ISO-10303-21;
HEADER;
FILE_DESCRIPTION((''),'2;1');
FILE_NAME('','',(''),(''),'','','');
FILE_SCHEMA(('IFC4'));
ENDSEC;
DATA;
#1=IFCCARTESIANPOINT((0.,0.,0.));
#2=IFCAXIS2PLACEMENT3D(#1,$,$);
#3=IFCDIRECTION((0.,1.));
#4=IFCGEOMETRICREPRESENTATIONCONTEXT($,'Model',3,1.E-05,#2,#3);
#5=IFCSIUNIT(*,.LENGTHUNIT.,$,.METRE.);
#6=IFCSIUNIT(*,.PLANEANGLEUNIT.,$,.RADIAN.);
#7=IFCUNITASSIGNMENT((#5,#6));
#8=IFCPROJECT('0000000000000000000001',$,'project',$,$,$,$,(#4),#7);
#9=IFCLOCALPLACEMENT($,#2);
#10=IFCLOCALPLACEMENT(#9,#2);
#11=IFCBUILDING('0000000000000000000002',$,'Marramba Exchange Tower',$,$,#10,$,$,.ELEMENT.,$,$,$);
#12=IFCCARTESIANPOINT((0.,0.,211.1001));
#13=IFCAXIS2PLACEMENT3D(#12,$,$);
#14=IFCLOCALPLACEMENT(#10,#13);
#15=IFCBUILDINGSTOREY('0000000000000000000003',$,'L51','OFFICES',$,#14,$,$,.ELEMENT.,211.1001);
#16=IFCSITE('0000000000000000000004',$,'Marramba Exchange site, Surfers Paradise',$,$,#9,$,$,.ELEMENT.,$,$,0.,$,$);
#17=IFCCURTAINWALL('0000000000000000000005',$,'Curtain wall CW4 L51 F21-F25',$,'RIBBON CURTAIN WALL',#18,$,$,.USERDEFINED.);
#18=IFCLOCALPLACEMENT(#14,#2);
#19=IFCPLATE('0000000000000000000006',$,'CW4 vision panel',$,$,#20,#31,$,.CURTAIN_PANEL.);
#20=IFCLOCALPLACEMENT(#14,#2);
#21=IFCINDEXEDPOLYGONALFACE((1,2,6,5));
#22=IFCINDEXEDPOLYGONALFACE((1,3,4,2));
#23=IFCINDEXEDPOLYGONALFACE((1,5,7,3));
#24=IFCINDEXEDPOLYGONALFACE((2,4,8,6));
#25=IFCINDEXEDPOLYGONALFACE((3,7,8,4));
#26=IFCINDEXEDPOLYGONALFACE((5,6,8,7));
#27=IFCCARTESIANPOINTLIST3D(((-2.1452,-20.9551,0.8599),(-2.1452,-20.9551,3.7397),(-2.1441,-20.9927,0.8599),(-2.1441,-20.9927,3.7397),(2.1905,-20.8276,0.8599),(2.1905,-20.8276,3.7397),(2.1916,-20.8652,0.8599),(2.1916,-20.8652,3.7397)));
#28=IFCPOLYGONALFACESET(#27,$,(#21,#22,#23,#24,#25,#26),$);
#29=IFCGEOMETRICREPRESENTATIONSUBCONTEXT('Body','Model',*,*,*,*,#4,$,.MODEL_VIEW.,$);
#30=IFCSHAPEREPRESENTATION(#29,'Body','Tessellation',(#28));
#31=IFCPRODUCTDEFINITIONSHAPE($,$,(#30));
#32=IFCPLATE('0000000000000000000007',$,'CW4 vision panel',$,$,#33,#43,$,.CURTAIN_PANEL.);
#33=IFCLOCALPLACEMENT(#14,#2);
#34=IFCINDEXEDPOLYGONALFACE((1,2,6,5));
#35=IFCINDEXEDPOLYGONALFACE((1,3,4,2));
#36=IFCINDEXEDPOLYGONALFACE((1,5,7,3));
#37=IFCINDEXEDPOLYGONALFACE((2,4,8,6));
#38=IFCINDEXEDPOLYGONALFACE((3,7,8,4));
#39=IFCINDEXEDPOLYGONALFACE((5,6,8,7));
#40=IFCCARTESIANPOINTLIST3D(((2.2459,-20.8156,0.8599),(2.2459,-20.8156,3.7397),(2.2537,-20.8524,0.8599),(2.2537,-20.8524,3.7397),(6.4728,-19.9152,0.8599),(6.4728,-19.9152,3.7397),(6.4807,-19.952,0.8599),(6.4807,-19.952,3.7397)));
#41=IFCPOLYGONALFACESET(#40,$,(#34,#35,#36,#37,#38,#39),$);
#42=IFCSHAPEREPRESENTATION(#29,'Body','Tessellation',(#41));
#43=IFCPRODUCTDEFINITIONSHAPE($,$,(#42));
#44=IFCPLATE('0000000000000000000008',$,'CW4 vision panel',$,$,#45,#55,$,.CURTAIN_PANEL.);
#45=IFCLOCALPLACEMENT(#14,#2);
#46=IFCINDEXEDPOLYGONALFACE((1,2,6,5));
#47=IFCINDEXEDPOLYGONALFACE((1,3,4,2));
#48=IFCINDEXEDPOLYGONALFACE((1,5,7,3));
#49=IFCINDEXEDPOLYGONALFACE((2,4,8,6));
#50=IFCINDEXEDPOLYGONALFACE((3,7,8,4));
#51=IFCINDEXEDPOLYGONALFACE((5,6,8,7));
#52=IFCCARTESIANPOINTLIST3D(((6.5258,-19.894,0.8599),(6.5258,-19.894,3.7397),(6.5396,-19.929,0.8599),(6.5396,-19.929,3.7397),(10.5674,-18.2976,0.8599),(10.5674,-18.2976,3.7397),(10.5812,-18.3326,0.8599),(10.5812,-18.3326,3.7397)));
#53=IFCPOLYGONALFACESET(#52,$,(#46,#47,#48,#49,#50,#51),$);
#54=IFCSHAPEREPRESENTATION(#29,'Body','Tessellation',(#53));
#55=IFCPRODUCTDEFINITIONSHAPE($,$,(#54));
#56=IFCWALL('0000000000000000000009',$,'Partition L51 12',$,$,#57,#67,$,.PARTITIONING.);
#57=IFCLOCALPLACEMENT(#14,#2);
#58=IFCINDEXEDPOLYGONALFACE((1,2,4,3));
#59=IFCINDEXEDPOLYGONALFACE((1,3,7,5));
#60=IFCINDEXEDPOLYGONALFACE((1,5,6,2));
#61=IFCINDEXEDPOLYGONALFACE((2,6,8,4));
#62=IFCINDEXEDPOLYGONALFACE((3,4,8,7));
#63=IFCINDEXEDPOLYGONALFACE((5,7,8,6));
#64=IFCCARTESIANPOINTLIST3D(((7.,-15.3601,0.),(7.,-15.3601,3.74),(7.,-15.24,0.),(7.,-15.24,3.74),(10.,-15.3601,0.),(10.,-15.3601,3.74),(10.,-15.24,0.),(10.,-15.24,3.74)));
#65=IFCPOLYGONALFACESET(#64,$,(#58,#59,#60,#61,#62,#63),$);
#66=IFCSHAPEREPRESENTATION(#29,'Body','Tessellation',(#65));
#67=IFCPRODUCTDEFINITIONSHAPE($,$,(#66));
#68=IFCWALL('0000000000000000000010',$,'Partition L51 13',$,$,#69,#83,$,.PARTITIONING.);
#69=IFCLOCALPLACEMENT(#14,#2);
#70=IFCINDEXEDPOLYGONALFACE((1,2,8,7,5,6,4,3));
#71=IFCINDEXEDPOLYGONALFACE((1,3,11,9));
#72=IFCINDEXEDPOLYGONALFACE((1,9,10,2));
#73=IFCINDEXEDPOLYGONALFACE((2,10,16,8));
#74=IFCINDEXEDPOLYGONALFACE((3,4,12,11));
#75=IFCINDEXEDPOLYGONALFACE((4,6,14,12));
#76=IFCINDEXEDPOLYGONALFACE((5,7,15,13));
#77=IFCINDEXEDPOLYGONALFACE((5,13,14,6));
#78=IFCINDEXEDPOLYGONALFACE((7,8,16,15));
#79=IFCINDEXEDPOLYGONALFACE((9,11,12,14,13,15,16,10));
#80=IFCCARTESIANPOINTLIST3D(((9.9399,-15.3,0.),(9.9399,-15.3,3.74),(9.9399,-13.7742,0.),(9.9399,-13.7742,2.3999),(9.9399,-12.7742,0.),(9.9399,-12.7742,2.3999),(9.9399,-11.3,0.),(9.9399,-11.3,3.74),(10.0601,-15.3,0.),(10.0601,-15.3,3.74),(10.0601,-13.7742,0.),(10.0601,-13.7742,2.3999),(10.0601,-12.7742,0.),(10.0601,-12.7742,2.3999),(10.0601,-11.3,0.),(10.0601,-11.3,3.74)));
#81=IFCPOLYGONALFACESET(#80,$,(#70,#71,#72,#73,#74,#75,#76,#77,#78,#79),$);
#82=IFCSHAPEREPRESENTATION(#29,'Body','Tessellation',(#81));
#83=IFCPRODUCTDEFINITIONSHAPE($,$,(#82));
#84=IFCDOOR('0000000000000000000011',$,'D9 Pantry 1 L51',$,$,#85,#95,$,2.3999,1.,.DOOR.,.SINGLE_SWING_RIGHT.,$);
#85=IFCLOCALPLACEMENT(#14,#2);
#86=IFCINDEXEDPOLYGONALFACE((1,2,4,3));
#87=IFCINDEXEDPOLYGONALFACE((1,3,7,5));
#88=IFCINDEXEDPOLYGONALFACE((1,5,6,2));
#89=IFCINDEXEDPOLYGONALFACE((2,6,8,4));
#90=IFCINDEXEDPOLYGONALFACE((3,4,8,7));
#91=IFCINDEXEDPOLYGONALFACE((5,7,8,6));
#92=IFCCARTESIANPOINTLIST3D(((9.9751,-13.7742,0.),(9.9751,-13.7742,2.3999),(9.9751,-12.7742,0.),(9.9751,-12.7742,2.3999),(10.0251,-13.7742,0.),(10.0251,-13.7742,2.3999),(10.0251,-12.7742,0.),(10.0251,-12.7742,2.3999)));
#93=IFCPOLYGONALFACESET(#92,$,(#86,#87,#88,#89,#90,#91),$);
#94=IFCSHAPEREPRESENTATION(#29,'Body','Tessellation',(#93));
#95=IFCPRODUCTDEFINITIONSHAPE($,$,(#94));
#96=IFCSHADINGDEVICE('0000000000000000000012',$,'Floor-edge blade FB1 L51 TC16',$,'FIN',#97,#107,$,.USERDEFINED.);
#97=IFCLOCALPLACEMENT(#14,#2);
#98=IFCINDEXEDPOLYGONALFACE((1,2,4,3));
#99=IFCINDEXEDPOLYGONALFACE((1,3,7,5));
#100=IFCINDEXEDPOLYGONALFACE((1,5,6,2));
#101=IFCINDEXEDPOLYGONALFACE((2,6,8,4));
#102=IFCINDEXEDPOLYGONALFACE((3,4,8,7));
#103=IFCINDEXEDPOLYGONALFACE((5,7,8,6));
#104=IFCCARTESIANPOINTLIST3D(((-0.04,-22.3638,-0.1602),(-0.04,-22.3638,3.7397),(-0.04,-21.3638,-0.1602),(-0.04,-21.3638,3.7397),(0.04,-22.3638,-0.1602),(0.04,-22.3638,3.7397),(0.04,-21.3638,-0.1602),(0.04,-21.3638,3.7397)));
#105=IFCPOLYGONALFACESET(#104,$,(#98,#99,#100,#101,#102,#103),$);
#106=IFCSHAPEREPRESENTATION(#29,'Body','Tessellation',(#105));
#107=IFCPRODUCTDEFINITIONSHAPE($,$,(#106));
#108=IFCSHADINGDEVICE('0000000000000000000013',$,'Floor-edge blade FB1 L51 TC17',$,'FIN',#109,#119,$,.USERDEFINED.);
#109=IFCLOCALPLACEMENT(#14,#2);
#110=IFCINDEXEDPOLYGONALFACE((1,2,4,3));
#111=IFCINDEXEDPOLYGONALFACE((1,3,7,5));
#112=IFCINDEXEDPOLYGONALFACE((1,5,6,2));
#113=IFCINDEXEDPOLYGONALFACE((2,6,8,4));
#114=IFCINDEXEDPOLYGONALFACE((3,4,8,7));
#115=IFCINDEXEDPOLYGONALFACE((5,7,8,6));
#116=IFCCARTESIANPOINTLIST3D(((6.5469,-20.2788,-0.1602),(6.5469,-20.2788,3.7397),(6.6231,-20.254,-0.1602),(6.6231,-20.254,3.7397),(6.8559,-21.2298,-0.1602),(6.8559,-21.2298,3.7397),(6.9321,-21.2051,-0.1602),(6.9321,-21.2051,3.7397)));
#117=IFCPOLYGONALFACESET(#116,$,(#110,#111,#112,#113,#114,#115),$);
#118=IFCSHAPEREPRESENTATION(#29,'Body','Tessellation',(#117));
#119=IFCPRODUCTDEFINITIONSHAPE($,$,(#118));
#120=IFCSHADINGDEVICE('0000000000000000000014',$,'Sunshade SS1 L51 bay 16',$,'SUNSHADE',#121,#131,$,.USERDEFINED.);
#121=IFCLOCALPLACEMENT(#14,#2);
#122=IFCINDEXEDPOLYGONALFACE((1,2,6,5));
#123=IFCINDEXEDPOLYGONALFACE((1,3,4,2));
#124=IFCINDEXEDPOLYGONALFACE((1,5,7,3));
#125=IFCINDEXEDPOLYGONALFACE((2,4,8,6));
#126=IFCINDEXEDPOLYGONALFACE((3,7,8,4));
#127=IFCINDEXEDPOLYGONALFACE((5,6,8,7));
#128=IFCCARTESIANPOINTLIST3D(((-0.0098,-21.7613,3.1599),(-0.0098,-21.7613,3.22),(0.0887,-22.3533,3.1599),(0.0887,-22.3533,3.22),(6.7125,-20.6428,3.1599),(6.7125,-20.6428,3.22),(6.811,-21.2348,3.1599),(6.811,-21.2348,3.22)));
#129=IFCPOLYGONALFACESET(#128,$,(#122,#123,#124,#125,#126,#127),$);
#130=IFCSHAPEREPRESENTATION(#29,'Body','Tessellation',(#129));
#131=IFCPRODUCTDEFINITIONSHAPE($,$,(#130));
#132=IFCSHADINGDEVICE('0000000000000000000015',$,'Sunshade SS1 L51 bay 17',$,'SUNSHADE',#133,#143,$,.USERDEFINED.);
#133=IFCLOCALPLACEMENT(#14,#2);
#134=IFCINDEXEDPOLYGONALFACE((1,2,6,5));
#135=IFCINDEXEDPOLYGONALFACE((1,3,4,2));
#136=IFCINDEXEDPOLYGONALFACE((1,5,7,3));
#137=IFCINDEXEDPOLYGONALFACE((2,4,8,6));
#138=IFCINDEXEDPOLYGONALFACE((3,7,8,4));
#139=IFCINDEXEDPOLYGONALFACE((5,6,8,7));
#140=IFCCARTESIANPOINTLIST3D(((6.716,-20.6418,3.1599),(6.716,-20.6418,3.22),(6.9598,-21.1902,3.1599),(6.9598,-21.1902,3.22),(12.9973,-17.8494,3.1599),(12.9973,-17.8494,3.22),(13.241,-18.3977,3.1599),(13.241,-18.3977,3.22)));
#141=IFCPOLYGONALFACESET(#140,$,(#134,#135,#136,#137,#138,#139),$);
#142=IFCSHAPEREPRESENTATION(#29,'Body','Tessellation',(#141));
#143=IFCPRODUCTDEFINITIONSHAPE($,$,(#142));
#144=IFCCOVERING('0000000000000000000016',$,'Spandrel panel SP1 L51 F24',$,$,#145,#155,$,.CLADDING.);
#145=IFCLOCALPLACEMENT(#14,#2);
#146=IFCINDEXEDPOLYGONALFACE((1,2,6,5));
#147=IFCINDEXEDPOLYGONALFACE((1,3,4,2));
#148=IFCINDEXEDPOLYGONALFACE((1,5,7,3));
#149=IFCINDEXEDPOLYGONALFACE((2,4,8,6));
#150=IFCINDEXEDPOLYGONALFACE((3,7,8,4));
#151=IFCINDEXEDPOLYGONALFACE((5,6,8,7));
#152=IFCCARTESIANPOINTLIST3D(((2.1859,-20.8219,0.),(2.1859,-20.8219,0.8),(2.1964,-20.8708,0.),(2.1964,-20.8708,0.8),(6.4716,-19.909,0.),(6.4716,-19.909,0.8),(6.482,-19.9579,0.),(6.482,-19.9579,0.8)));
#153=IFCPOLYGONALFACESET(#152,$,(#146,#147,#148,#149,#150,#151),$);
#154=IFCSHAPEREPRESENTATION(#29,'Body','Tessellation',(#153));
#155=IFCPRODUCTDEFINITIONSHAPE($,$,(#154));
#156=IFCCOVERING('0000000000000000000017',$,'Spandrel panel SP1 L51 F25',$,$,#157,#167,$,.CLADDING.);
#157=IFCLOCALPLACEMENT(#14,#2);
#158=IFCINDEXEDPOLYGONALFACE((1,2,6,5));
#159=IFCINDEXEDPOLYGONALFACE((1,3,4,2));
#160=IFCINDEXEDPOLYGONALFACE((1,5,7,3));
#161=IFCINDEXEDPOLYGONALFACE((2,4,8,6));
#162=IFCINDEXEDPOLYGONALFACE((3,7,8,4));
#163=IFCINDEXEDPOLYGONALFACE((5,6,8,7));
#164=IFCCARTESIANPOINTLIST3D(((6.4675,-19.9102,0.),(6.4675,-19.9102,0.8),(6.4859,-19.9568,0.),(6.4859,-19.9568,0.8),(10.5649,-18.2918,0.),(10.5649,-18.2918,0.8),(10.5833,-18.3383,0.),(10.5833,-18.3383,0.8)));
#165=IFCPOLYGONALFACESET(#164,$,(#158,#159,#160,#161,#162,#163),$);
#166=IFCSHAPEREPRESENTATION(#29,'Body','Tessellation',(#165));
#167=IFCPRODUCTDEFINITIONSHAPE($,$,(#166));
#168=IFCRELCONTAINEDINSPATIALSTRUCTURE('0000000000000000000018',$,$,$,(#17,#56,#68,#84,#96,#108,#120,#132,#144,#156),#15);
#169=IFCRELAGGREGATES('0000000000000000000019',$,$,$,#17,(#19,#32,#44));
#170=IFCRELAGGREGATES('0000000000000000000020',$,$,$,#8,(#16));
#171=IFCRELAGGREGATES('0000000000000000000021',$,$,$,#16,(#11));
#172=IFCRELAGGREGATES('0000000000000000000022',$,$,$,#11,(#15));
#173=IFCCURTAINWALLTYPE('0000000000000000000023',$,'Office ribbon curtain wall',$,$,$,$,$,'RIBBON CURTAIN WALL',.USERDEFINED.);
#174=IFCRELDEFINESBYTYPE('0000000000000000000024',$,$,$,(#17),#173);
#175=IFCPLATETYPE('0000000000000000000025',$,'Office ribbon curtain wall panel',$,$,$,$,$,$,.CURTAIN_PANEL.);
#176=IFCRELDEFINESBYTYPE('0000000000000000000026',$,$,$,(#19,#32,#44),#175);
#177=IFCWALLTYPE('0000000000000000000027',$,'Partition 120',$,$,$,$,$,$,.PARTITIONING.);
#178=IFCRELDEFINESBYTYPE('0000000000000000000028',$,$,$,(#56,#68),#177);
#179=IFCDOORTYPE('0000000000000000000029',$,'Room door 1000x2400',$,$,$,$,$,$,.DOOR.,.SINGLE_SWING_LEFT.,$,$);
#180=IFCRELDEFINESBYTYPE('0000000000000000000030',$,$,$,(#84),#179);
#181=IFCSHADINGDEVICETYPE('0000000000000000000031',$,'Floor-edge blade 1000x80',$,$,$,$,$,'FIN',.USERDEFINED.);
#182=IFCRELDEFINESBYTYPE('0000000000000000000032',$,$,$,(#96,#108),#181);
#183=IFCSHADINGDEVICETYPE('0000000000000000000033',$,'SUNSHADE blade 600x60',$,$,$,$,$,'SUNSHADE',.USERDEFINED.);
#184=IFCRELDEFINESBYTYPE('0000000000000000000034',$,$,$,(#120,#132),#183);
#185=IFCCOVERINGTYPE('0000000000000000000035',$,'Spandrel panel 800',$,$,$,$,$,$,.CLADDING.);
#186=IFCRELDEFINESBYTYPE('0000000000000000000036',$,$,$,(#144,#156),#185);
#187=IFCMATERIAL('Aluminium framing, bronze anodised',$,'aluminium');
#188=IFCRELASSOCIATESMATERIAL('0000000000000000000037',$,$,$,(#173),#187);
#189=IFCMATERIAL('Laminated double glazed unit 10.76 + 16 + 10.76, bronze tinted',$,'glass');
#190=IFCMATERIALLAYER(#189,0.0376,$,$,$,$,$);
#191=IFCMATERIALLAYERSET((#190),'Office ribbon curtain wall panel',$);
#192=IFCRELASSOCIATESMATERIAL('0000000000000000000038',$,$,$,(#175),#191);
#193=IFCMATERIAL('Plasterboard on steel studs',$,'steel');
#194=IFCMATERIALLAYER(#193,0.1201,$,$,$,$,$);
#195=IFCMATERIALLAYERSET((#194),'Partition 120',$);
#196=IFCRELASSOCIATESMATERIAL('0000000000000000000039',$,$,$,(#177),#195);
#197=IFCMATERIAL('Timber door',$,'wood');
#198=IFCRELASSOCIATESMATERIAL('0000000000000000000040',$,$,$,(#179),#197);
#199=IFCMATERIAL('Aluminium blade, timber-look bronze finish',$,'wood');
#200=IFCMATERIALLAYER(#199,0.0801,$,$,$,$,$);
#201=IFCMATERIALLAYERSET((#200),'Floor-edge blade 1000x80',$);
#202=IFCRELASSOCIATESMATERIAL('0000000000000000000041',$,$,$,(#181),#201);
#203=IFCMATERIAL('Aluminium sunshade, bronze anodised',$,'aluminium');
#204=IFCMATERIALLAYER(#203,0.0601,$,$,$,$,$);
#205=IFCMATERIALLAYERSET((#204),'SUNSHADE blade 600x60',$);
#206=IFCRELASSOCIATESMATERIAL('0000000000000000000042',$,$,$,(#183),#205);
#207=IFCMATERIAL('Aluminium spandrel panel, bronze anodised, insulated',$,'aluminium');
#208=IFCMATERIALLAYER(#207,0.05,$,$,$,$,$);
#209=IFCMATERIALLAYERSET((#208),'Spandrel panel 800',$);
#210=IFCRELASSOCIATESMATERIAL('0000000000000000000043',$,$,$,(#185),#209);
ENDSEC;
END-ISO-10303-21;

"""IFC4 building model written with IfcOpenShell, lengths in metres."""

from ifc_helpers import new_model, si_unit, direction, frame, frame_2d, origin, origin_2d, place, context, subcontext, project, spatial, rectangle, extrude, material, layer, layer_set, type_object, element, fill, aggregate, save


model = new_model("IFC4")

# Units and contexts
model_context = context("Model", 3, precision=1e-05, world=origin(), true_north=direction((0.0, 1.0)))
body_context = subcontext(model_context, "Body", "Model", "MODEL_VIEW")
ifc_project = project(units=[si_unit("LENGTHUNIT", "METRE"), si_unit("PLANEANGLEUNIT", "RADIAN")], contexts=[model_context])

# Site, building, storey
site_placement = place(None, origin())
site = spatial("IfcSite", under=ifc_project, at=site_placement, Name="Marramba Exchange site, Surfers Paradise", CompositionType="ELEMENT", RefElevation=0.0)
building_placement = place(site_placement, origin())
building = spatial("IfcBuilding", under=site, at=building_placement, Name="Marramba Exchange Tower", CompositionType="ELEMENT")
storey_placement = place(building_placement, frame((0.0, 0.0, 211.1001)))
storey = spatial("IfcBuildingStorey", under=building, at=storey_placement, Name="L51", Description="OFFICES", CompositionType="ELEMENT", Elevation=211.1001)

# Curtain wall
ifc_material_1 = material(Name="Aluminium framing, bronze anodised", Category="aluminium")
curtain_wall_type = type_object("IfcCurtainWallType", Name="Office ribbon curtain wall", ElementType="RIBBON CURTAIN WALL", PredefinedType="USERDEFINED", material=ifc_material_1)
curtain_wall_1_placement = place(storey_placement, origin())
curtain_wall_1 = element("IfcCurtainWall", 1, at=curtain_wall_1_placement, inside=storey, type_object=curtain_wall_type, Name="Curtain wall CW4 L51 F21-F25", ObjectType="RIBBON CURTAIN WALL", PredefinedType="USERDEFINED")

# Plates
ifc_material_2 = material(Name="Laminated double glazed unit 10.76 + 16 + 10.76, bronze tinted", Category="glass")
ifc_layer_1 = layer(ifc_material_2, 0.0376)
ifc_layer_set_1 = layer_set([ifc_layer_1], Name="Office ribbon curtain wall panel")
plate_type = type_object("IfcPlateType", Name="Office ribbon curtain wall panel", PredefinedType="CURTAIN_PANEL", material=ifc_layer_set_1)
plate_1_placement = place(storey_placement, frame((0.0232, -20.9102, 0.8599), z_axis=(0.0, 0.0, 1.0), x_axis=(0.999568, 0.029393, 0.0)))
plate_1 = element("IfcPlate", 2, at=plate_1_placement, type_object=plate_type, Name="CW4 vision panel", PredefinedType="CURTAIN_PANEL", context=body_context, shape_type="SweptSolid", body=[
    extrude(rectangle(XDim=4.3376, YDim=0.0376, at=origin_2d()), origin(), (0.0, 0.0, 1.0), 2.8799),
])
plate_2_placement = place(storey_placement, frame((4.3633, -20.3838, 0.8599), z_axis=(0.0, 0.0, 1.0), x_axis=(0.978058, 0.208332, 0.0)))
plate_2 = element("IfcPlate", 3, at=plate_2_placement, type_object=plate_type, Name="CW4 vision panel", PredefinedType="CURTAIN_PANEL", context=body_context, shape_type="SweptSolid", body=[
    extrude(rectangle(XDim=4.3218, YDim=0.0376, at=origin_2d()), origin(), (0.0, 0.0, 1.0), 2.8799),
])
plate_3_placement = place(storey_placement, frame((8.5535, -19.1133, 0.8599), z_axis=(0.0, 0.0, 1.0), x_axis=(0.930073, 0.367375, 0.0)))
plate_3 = element("IfcPlate", 4, at=plate_3_placement, type_object=plate_type, Name="CW4 vision panel", PredefinedType="CURTAIN_PANEL", context=body_context, shape_type="SweptSolid", body=[
    extrude(rectangle(XDim=4.3455, YDim=0.0376, at=origin_2d()), origin(), (0.0, 0.0, 1.0), 2.8799),
])
aggregate(curtain_wall_1, [plate_1, plate_2, plate_3])

# Shared definitions
ifc_material_3 = material(Name="Timber door", Category="wood")

# Wall
ifc_material_4 = material(Name="Plasterboard on steel studs", Category="steel")
ifc_layer_2 = layer(ifc_material_4, 0.1201)
ifc_layer_set_2 = layer_set([ifc_layer_2], Name="Partition 120")
wall_type_1 = type_object("IfcWallType", Name="Partition 120", PredefinedType="PARTITIONING", material=ifc_layer_set_2)
wall_1_placement = place(storey_placement, frame((7.0, -15.3, 0.0), z_axis=(0.0, 0.0, 1.0), x_axis=(1.0, 0.0, 0.0)))
element("IfcWall", 5, at=wall_1_placement, inside=storey, type_object=wall_type_1, Name="Partition L51 12", PredefinedType="PARTITIONING", context=body_context, shape_type="SweptSolid", body=[
    extrude(rectangle(XDim=3.0, YDim=0.1201, at=frame_2d((1.5, 0.0))), origin(), (0.0, 0.0, 1.0), 3.74),
])

# Wall, opening, door
wall_2_placement = place(storey_placement, frame((10.0, -15.3, 0.0), z_axis=(0.0, 0.0, 1.0), x_axis=(0.0, 1.0, 0.0)))
wall_2 = element("IfcWall", 6, at=wall_2_placement, inside=storey, type_object=wall_type_1, Name="Partition L51 13", PredefinedType="PARTITIONING", context=body_context, shape_type="SweptSolid", body=[
    extrude(rectangle(XDim=4.0, YDim=0.1201, at=frame_2d((2.0, 0.0))), origin(), (0.0, 0.0, 1.0), 3.74),
])
opening_1_placement = place(wall_2_placement, frame((1.5259, 0.0, 0.0)))
opening_1 = element("IfcOpeningElement", 7, at=opening_1_placement, cuts=wall_2, PredefinedType="OPENING", context=body_context, shape_type="SweptSolid", body=[
    extrude(rectangle(XDim=1.0, YDim=2.3999, at=frame_2d((0.5, 1.2))), frame((0.0, 0.0701, 0.0), z_axis=(0.0, -1.0, 0.0), x_axis=(1.0, 0.0, 0.0)), (0.0, 0.0, 1.0), 0.1401),
])
door_type_1 = type_object("IfcDoorType", Name="Room door 1000x2400", OperationType="SINGLE_SWING_LEFT", PredefinedType="DOOR", material=ifc_material_3)
door_1_placement = place(opening_1_placement, origin())
door_1 = element("IfcDoor", 8, at=door_1_placement, inside=storey, type_object=door_type_1, Name="D9 Pantry 1 L51", OperationType="SINGLE_SWING_RIGHT", OverallHeight=2.3999, OverallWidth=1.0, PredefinedType="DOOR", context=body_context, shape_type="SweptSolid", body=[
    extrude(rectangle(XDim=1.0, YDim=2.3999, at=frame_2d((0.5, 1.2))), frame((0.0, 0.0249, 0.0), z_axis=(0.0, -1.0, 0.0), x_axis=(1.0, 0.0, 0.0)), (0.0, 0.0, 1.0), 0.05),
])
fill(opening_1, door_1)

# Shading devices
ifc_material_5 = material(Name="Aluminium blade, timber-look bronze finish", Category="wood")
ifc_layer_3 = layer(ifc_material_5, 0.0801)
ifc_layer_set_3 = layer_set([ifc_layer_3], Name="Floor-edge blade 1000x80")
shading_device_type_1 = type_object("IfcShadingDeviceType", Name="Floor-edge blade 1000x80", ElementType="FIN", PredefinedType="USERDEFINED", material=ifc_layer_set_3)
for number, where, z_axis, x_axis, name in (
    (9, (0.0, -21.8638, -0.1602), (0.0, 0.0, 1.0), (0.0, -1.0, 0.0), "Floor-edge blade FB1 L51 TC16"),
    (10, (6.7395, -20.7419, -0.1602), (0.0, 0.0, 1.0), (0.309017, -0.951057, 0.0), "Floor-edge blade FB1 L51 TC17"),
):
    element("IfcShadingDevice", number, at=place(storey_placement, frame(where, z_axis=z_axis, x_axis=x_axis)), inside=storey, type_object=shading_device_type_1, Name=name, ObjectType="FIN", PredefinedType="USERDEFINED", context=body_context, shape_type="SweptSolid", body=[
        extrude(rectangle(XDim=1.0, YDim=0.0801, at=origin_2d()), origin(), (0.0, 0.0, 1.0), 3.8999),
    ])
ifc_material_6 = material(Name="Aluminium sunshade, bronze anodised", Category="aluminium")
ifc_layer_4 = layer(ifc_material_6, 0.0601)
ifc_layer_set_4 = layer_set([ifc_layer_4], Name="SUNSHADE blade 600x60")
shading_device_type_2 = type_object("IfcShadingDeviceType", Name="SUNSHADE blade 600x60", ElementType="SUNSHADE", PredefinedType="USERDEFINED", material=ifc_layer_set_4)
shading_device_1_placement = place(storey_placement, frame((3.4006, -21.498, 3.1599), z_axis=(0.0, 0.0, 1.0), x_axis=(0.98644, 0.164125, 0.0)))
element("IfcShadingDevice", 11, at=shading_device_1_placement, inside=storey, type_object=shading_device_type_2, Name="Sunshade SS1 L51 bay 16", ObjectType="SUNSHADE", PredefinedType="USERDEFINED", context=body_context, shape_type="SweptSolid", body=[
    extrude(rectangle(XDim=6.8147, YDim=0.6001, at=origin_2d()), origin(), (0.0, 0.0, 1.0), 0.0601),
])
shading_device_2_placement = place(storey_placement, frame((9.9785, -19.5198, 3.1599), z_axis=(0.0, 0.0, 1.0), x_axis=(0.913772, 0.406228, 0.0)))
element("IfcShadingDevice", 12, at=shading_device_2_placement, inside=storey, type_object=shading_device_type_2, Name="Sunshade SS1 L51 bay 17", ObjectType="SUNSHADE", PredefinedType="USERDEFINED", context=body_context, shape_type="SweptSolid", body=[
    extrude(rectangle(XDim=6.874, YDim=0.6001, at=origin_2d()), origin(), (0.0, 0.0, 1.0), 0.0601),
])

# Coverings
ifc_material_7 = material(Name="Aluminium spandrel panel, bronze anodised, insulated", Category="aluminium")
ifc_layer_5 = layer(ifc_material_7, 0.05)
ifc_layer_set_5 = layer_set([ifc_layer_5], Name="Spandrel panel 800")
covering_type = type_object("IfcCoveringType", Name="Spandrel panel 800", PredefinedType="CLADDING", material=ifc_layer_set_5)
covering_1_placement = place(storey_placement, frame((4.334, -20.3899, 0.0), z_axis=(0.0, 0.0, 1.0), x_axis=(0.978058, 0.208332, 0.0)))
element("IfcCovering", 13, at=covering_1_placement, inside=storey, type_object=covering_type, Name="Spandrel panel SP1 L51 F24", PredefinedType="CLADDING", context=body_context, shape_type="SweptSolid", body=[
    extrude(rectangle(XDim=4.3818, YDim=0.05, at=origin_2d()), origin(), (0.0, 0.0, 1.0), 0.8),
])
covering_2_placement = place(storey_placement, frame((8.5254, -19.1243, 0.0), z_axis=(0.0, 0.0, 1.0), x_axis=(0.930073, 0.367375, 0.0)))
element("IfcCovering", 14, at=covering_2_placement, inside=storey, type_object=covering_type, Name="Spandrel panel SP1 L51 F25", PredefinedType="CLADDING", context=body_context, shape_type="SweptSolid", body=[
    extrude(rectangle(XDim=4.4055, YDim=0.05, at=origin_2d()), origin(), (0.0, 0.0, 1.0), 0.8),
])

save(model, "model.ifc")
